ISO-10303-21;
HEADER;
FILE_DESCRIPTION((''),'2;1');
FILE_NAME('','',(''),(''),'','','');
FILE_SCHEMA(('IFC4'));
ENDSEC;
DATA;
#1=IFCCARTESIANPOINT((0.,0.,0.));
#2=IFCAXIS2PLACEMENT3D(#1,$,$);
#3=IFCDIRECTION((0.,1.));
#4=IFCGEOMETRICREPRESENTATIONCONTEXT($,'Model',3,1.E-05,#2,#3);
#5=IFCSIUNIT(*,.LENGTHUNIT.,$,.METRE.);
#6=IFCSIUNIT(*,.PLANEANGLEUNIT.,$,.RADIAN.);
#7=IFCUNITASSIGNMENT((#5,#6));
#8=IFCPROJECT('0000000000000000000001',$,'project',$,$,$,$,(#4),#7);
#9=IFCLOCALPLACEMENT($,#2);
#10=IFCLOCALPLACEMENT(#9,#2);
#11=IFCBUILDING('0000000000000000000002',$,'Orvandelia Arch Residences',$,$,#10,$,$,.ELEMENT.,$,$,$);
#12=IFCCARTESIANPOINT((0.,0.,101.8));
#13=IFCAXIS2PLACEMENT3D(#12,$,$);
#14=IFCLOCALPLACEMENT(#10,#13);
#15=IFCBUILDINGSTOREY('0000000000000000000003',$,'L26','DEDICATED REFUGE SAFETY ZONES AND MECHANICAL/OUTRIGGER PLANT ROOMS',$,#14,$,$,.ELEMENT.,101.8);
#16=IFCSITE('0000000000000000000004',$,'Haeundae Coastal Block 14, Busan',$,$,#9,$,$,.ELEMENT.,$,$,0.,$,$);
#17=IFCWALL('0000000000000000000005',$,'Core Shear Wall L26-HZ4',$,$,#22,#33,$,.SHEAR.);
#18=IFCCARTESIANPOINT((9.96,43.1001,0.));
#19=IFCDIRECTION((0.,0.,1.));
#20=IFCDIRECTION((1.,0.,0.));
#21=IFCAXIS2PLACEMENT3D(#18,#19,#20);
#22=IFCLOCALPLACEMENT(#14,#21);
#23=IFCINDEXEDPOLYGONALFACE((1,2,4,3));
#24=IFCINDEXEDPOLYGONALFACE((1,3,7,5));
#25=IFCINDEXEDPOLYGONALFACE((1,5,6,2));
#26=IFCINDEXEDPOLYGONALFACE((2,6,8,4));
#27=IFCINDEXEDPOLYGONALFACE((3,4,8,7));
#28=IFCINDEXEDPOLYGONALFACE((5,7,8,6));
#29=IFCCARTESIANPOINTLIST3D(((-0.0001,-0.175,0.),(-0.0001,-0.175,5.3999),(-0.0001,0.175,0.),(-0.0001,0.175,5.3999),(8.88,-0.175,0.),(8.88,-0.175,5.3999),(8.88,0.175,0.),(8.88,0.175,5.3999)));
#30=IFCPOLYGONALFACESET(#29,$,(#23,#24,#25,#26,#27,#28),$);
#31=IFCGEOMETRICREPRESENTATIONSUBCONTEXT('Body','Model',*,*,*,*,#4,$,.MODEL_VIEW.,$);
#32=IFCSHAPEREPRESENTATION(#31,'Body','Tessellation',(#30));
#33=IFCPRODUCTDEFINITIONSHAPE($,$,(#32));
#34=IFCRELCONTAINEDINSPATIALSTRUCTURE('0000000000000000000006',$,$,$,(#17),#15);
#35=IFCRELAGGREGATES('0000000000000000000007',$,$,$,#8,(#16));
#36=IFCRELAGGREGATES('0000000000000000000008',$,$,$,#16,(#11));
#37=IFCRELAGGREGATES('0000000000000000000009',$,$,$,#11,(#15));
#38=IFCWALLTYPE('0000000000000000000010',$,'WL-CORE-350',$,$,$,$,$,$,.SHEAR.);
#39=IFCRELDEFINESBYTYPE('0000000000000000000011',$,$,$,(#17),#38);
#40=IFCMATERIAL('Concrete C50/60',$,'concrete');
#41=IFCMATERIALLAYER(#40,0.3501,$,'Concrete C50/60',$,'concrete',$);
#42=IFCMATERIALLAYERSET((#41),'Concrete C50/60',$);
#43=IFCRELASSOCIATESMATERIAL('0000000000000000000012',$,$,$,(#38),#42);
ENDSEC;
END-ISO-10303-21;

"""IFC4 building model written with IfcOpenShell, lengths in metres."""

from ifc_helpers import new_model, si_unit, direction, frame, frame_2d, origin, place, context, subcontext, project, spatial, rectangle, extrude, material, layer, layer_set, type_object, element, save


model = new_model("IFC4")

# Units and contexts
model_context = context("Model", 3, precision=1e-05, world=origin(), true_north=direction((0.0, 1.0)))
body_context = subcontext(model_context, "Body", "Model", "MODEL_VIEW")
ifc_project = project(units=[si_unit("LENGTHUNIT", "METRE"), si_unit("PLANEANGLEUNIT", "RADIAN")], contexts=[model_context])

# Site, building, storey
site_placement = place(None, origin())
site = spatial("IfcSite", under=ifc_project, at=site_placement, Name="Haeundae Coastal Block 14, Busan", CompositionType="ELEMENT", RefElevation=0.0)
building_placement = place(site_placement, origin())
building = spatial("IfcBuilding", under=site, at=building_placement, Name="Orvandelia Arch Residences", CompositionType="ELEMENT")
storey_placement = place(building_placement, frame((0.0, 0.0, 101.8)))
storey = spatial("IfcBuildingStorey", under=building, at=storey_placement, Name="L26", Description="DEDICATED REFUGE SAFETY ZONES AND MECHANICAL/OUTRIGGER PLANT ROOMS", CompositionType="ELEMENT", Elevation=101.8)

# Shared definitions
ifc_material_1 = material(Name="Concrete C50/60", Category="concrete")
ifc_layer_1 = layer(ifc_material_1, 0.3501, Name="Concrete C50/60", Category="concrete")
ifc_layer_set_1 = layer_set([ifc_layer_1], Name="Concrete C50/60")
wall_type_1 = type_object("IfcWallType", Name="WL-CORE-350", PredefinedType="SHEAR", material=ifc_layer_set_1)

# Wall
wall_1_placement = place(storey_placement, frame((9.96, 43.1001, 0.0), z_axis=(0.0, 0.0, 1.0), x_axis=(1.0, 0.0, 0.0)))
element("IfcWall", 1, at=wall_1_placement, inside=storey, type_object=wall_type_1, Name="Core Shear Wall L26-HZ4", PredefinedType="SHEAR", context=body_context, shape_type="SweptSolid", body=[
    extrude(rectangle(XDim=8.8801, YDim=0.3501, at=frame_2d((4.4399, 0.0))), origin(), (0.0, 0.0, 1.0), 5.3999),
])

save(model, "model.ifc")
